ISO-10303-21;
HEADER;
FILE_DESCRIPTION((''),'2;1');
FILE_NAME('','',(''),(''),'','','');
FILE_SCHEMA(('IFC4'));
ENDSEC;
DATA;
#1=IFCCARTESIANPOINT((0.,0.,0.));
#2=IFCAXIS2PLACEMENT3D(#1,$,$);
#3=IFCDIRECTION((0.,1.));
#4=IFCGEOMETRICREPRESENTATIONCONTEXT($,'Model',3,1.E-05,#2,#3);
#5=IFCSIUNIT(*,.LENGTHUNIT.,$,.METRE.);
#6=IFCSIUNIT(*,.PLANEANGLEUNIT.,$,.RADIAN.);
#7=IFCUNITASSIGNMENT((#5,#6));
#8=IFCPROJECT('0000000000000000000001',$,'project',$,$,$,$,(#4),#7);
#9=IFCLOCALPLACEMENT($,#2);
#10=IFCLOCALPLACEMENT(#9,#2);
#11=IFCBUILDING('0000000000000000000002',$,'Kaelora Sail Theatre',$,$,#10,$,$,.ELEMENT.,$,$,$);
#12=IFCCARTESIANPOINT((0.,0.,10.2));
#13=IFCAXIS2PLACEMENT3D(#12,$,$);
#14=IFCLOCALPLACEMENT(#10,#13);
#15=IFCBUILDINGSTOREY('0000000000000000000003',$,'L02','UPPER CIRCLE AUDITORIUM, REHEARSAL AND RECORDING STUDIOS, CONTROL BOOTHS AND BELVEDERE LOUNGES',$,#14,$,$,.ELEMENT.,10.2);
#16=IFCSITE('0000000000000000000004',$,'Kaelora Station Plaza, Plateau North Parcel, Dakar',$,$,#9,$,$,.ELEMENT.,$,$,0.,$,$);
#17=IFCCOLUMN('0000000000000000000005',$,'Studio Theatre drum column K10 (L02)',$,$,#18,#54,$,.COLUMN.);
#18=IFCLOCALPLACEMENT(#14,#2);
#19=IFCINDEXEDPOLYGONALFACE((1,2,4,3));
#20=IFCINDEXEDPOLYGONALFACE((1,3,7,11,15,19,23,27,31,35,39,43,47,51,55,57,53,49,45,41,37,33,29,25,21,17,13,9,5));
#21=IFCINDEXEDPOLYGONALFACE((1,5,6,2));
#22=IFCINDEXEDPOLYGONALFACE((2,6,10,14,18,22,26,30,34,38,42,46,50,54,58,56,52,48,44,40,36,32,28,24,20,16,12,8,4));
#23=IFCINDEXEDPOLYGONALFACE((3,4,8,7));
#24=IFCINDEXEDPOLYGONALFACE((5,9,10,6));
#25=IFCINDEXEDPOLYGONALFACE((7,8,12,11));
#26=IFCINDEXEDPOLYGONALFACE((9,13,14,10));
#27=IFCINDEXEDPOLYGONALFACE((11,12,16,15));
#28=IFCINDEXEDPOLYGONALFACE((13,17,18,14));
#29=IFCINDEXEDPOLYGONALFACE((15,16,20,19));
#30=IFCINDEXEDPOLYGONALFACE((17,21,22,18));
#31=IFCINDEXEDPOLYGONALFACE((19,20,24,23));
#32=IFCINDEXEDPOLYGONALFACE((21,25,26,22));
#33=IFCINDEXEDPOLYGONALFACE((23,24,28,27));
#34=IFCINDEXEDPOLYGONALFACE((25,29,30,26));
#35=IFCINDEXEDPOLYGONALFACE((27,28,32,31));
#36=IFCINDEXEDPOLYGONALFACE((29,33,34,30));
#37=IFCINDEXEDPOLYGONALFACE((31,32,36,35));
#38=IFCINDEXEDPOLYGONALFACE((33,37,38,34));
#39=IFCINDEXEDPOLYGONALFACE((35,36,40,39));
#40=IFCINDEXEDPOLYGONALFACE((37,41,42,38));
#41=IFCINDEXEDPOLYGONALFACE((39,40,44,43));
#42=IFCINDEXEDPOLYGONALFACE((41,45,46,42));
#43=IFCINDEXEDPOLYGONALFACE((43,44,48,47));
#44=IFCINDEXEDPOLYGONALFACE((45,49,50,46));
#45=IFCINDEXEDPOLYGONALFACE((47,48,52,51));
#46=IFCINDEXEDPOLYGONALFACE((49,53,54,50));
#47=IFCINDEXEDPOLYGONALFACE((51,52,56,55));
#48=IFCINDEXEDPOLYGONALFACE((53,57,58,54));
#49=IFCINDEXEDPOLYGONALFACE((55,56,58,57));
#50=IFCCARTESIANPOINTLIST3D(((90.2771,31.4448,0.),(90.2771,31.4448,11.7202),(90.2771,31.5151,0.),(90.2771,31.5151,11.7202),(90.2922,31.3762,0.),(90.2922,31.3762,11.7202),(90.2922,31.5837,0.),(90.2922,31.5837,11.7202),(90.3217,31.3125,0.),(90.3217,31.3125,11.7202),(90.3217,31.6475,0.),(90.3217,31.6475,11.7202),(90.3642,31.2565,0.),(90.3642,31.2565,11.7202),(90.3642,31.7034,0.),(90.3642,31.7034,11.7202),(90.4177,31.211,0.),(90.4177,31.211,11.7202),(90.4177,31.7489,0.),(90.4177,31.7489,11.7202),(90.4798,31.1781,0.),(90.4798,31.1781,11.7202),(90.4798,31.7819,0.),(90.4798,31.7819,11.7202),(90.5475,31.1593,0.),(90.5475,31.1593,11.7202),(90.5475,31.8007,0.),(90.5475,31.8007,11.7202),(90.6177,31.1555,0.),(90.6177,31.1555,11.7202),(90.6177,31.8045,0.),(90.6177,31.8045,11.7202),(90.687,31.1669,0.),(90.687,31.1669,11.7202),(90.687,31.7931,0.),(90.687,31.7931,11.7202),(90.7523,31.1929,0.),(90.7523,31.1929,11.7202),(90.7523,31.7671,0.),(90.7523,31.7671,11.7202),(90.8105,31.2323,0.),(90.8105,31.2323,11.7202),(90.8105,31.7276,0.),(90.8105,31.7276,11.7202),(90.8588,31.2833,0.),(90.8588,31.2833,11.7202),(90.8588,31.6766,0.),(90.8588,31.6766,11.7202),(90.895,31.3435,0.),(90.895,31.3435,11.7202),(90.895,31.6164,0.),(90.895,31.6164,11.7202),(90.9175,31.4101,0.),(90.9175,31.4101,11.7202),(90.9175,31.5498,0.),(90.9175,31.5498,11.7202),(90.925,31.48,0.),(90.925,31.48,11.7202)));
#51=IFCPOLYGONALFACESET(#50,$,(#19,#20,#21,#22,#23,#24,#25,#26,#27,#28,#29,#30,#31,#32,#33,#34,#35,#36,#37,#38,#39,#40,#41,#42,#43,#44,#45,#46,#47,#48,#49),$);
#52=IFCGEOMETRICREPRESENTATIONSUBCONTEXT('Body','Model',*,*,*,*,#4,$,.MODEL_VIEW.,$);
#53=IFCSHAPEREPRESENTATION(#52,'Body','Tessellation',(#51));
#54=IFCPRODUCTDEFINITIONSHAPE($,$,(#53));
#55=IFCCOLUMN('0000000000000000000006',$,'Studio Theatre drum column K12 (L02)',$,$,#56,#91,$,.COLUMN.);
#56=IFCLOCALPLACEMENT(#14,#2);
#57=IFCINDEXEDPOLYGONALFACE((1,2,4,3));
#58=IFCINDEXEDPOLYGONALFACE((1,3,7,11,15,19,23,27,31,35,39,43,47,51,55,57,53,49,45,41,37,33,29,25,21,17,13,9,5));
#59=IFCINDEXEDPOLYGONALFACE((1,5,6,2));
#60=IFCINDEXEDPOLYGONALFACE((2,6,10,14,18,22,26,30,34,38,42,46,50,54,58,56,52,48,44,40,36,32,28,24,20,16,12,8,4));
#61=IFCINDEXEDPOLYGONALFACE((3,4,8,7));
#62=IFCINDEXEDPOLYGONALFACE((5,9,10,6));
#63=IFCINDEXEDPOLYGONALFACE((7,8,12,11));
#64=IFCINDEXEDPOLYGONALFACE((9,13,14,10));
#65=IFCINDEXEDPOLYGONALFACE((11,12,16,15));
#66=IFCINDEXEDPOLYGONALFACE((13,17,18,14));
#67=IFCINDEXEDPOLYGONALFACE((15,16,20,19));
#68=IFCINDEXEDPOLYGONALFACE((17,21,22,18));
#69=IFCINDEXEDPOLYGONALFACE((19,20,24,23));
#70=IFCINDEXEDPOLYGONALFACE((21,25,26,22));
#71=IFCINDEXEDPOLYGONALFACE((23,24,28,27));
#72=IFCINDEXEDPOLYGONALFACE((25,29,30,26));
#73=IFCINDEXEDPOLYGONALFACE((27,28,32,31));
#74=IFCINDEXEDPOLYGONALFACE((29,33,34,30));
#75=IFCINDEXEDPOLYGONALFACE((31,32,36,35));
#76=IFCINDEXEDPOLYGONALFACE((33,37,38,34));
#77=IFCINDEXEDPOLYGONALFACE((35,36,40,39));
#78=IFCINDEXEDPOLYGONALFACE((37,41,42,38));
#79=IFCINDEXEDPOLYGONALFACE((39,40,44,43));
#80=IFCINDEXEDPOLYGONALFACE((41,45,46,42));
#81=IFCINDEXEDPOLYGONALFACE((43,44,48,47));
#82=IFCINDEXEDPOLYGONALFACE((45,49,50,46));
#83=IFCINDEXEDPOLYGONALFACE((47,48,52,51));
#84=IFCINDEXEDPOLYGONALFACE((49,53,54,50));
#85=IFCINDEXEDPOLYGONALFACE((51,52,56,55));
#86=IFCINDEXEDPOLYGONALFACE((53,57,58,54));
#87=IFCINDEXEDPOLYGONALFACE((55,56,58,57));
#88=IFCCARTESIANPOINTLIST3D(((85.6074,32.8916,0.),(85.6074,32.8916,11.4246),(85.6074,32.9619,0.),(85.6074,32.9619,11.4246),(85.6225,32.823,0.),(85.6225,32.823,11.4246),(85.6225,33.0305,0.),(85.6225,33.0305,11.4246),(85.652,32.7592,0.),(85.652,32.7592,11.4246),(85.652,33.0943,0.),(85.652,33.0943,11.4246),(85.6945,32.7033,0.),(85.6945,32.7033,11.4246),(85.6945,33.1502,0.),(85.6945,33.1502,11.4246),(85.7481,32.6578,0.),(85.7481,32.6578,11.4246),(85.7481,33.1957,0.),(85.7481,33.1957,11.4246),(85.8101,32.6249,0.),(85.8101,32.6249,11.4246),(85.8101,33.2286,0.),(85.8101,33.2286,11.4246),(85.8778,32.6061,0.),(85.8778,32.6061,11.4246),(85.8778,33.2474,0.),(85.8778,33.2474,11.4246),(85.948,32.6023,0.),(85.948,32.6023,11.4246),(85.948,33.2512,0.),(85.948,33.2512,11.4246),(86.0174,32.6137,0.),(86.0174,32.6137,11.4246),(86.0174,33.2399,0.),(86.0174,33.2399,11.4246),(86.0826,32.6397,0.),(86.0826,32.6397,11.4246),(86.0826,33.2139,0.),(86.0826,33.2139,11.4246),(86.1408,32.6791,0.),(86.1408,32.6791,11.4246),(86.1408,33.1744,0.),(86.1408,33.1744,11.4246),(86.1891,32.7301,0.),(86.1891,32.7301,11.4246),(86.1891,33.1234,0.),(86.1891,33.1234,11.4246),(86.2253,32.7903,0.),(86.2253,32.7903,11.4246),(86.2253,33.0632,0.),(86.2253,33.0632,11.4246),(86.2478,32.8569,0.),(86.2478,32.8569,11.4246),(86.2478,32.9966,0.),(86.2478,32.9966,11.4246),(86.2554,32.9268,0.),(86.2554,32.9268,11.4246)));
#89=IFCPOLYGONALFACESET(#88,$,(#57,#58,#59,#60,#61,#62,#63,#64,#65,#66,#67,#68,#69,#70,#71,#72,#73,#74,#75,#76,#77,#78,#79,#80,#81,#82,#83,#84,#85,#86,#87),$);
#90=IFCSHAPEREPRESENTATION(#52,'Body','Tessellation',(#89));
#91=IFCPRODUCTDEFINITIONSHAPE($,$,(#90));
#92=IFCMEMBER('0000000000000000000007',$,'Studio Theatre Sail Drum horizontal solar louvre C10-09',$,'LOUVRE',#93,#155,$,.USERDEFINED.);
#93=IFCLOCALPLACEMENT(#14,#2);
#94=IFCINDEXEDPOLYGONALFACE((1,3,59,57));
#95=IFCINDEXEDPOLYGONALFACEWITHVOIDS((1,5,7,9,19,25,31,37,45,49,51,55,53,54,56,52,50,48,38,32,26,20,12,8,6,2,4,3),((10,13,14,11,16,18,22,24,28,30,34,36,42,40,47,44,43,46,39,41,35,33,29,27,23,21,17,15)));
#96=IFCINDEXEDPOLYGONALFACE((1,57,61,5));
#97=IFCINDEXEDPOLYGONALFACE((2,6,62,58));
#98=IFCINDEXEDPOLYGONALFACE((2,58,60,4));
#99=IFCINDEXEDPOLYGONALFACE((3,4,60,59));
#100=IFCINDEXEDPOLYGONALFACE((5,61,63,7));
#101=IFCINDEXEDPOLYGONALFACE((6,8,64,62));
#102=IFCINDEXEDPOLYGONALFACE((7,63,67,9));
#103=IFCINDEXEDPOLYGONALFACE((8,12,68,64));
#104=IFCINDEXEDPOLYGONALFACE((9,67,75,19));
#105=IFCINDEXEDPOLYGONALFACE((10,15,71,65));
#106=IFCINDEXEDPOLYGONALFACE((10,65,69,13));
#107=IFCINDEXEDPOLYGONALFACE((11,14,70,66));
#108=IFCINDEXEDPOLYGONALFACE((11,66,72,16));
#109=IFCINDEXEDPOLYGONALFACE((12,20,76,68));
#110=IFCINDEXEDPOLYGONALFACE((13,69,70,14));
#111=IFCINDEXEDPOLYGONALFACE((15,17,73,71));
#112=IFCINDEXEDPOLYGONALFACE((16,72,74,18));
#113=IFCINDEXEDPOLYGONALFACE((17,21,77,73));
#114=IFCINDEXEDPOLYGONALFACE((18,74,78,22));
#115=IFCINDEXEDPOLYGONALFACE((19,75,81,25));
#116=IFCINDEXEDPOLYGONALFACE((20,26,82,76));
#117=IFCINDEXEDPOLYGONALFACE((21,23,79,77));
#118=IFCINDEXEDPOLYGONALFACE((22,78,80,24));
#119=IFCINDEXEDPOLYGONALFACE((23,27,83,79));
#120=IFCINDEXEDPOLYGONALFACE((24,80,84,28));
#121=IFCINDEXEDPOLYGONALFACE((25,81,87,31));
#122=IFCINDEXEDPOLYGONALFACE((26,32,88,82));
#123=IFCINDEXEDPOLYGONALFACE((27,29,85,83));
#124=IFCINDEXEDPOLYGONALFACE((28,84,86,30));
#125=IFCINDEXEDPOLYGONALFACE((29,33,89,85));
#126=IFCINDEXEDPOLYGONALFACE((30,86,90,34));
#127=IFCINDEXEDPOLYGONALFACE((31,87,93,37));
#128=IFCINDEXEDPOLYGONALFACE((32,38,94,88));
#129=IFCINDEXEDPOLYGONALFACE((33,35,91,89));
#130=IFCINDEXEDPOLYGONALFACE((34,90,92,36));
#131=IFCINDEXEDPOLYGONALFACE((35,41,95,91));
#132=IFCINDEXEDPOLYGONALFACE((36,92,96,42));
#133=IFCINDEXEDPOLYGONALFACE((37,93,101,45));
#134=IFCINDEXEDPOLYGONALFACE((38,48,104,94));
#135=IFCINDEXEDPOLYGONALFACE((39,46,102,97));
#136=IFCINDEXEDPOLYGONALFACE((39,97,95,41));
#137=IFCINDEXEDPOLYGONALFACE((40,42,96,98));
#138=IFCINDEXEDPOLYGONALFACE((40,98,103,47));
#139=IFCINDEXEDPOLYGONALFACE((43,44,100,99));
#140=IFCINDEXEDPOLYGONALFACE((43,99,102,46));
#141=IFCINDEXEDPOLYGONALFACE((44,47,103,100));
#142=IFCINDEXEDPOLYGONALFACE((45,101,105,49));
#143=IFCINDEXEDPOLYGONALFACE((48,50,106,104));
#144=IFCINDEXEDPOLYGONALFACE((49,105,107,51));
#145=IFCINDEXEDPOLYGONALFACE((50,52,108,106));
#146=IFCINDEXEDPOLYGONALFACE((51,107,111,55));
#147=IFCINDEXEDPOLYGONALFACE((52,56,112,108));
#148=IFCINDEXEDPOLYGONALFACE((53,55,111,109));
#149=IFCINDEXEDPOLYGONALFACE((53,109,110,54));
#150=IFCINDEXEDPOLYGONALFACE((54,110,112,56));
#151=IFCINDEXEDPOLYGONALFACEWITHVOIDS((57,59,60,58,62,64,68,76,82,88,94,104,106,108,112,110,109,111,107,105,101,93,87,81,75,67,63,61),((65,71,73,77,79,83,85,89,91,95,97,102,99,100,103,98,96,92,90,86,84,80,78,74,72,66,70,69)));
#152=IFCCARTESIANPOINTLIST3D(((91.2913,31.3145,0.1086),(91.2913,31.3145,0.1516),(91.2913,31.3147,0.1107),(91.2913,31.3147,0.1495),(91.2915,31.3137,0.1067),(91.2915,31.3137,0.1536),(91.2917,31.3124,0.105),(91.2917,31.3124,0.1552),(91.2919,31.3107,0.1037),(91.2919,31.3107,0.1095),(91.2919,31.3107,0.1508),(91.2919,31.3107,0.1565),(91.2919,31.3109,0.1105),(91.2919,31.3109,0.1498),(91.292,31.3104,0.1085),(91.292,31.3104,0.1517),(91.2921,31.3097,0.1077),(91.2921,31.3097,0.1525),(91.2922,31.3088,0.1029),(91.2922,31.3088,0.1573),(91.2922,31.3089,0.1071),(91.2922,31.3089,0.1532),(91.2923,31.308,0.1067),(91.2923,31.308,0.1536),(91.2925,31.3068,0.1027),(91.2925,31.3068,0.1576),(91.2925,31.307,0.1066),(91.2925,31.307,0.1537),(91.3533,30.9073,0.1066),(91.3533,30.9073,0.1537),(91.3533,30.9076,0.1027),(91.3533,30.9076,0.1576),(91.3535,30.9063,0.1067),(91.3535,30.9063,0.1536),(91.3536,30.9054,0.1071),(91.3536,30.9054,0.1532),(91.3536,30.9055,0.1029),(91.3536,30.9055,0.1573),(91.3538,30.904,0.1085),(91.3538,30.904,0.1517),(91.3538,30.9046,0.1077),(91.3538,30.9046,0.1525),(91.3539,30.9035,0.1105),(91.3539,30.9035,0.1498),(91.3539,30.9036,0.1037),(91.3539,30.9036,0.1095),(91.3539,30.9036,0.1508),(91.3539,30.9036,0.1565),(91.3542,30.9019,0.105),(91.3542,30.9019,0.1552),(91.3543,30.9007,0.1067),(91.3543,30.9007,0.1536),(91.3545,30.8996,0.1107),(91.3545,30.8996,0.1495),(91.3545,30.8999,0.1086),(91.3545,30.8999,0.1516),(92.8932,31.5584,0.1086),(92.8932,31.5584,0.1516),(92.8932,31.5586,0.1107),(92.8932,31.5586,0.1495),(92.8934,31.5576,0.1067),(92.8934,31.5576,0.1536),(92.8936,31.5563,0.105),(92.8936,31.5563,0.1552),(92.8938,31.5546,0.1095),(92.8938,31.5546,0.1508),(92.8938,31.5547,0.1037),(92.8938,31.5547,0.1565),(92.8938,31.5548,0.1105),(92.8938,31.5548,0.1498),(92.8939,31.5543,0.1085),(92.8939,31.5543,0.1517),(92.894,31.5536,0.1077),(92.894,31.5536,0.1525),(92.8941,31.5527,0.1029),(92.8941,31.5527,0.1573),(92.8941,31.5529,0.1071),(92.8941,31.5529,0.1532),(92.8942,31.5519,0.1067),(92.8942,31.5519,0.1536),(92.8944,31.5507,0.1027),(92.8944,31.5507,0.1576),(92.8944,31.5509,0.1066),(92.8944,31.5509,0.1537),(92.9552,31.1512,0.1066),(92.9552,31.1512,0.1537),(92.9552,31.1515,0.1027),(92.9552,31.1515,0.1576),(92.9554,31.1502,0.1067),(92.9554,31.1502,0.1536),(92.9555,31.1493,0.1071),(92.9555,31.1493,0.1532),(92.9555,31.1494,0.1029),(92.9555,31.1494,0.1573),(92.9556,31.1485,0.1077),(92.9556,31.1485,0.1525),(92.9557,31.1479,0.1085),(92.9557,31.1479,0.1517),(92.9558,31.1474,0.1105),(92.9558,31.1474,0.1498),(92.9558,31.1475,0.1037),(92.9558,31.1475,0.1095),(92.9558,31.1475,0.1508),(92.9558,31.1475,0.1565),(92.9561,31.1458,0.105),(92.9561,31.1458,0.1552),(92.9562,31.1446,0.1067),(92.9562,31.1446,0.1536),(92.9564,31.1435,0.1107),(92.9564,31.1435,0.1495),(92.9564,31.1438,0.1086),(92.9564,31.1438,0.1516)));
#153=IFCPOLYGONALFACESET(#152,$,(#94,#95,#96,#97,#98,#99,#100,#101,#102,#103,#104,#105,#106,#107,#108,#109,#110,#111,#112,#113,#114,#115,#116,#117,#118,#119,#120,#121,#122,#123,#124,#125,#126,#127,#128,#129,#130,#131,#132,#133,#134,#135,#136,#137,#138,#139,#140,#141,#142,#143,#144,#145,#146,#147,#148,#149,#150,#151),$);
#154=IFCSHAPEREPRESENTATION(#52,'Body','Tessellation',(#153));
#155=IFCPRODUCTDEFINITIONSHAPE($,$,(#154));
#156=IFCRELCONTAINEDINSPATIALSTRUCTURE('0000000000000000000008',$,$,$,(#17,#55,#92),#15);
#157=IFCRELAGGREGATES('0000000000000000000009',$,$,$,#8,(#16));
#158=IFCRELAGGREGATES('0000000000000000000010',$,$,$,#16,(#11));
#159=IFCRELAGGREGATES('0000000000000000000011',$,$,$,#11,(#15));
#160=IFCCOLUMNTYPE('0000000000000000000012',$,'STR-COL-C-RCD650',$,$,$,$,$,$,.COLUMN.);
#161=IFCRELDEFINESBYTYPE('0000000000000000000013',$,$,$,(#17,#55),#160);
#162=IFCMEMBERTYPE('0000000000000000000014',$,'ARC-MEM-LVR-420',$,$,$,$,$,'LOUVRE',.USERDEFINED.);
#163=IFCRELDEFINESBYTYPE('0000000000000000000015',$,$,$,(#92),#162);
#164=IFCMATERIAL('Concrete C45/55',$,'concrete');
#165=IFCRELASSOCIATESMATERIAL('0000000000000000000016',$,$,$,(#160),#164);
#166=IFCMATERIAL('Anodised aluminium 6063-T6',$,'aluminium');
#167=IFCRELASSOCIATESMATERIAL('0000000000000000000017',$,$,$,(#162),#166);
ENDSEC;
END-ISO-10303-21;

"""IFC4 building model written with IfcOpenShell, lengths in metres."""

from ifc_helpers import new_model, si_unit, direction, frame, origin, origin_2d, place, context, subcontext, project, spatial, hollow_rectangle, circle, extrude, material, material_profile, profile_set, type_object, element, save


model = new_model("IFC4")

# Units and contexts
model_context = context("Model", 3, precision=1e-05, world=origin(), true_north=direction((0.0, 1.0)))
body_context = subcontext(model_context, "Body", "Model", "MODEL_VIEW")
ifc_project = project(units=[si_unit("LENGTHUNIT", "METRE"), si_unit("PLANEANGLEUNIT", "RADIAN")], contexts=[model_context])

# Site, building, storey
site_placement = place(None, origin())
site = spatial("IfcSite", under=ifc_project, at=site_placement, Name="Kaelora Station Plaza, Plateau North Parcel, Dakar", CompositionType="ELEMENT", RefElevation=0.0)
building_placement = place(site_placement, origin())
building = spatial("IfcBuilding", under=site, at=building_placement, Name="Kaelora Sail Theatre", CompositionType="ELEMENT")
storey_placement = place(building_placement, frame((0.0, 0.0, 10.2)))
storey = spatial("IfcBuildingStorey", under=building, at=storey_placement, Name="L02", Description="UPPER CIRCLE AUDITORIUM, REHEARSAL AND RECORDING STUDIOS, CONTROL BOOTHS AND BELVEDERE LOUNGES", CompositionType="ELEMENT", Elevation=10.2)

# Columns
ifc_material_1 = material(Name="Concrete C45/55", Category="concrete")
ifc_material_profile_1 = material_profile(ifc_material_1, circle(Radius=0.325, at=origin_2d()), Name="RC-CCOL D650")
ifc_profile_set_1 = profile_set([ifc_material_profile_1], Name="Concrete C45/55")
column_type = type_object("IfcColumnType", Name="STR-COL-C-RCD650", PredefinedType="COLUMN", material=ifc_profile_set_1)
column_1_placement = place(storey_placement, frame((90.6001, 31.48, 0.0), z_axis=(0.0, 0.0, 1.0), x_axis=(1.0, 0.0, 0.0)))
element("IfcColumn", 1, at=column_1_placement, inside=storey, type_object=column_type, Name="Studio Theatre drum column K10 (L02)", PredefinedType="COLUMN", context=body_context, shape_type="SweptSolid", body=[
    extrude(circle(Radius=0.325, at=origin_2d()), origin(), (0.0, 0.0, 1.0), 11.7202),
])
column_2_placement = place(storey_placement, frame((85.9304, 32.9268, 0.0), z_axis=(0.0, 0.0, 1.0), x_axis=(1.0, 0.0, 0.0)))
element("IfcColumn", 2, at=column_2_placement, inside=storey, type_object=column_type, Name="Studio Theatre drum column K12 (L02)", PredefinedType="COLUMN", context=body_context, shape_type="SweptSolid", body=[
    extrude(circle(Radius=0.325, at=origin_2d()), origin(), (0.0, 0.0, 1.0), 11.4246),
])

# Member
ifc_material_2 = material(Name="Anodised aluminium 6063-T6", Category="aluminium")
ifc_material_profile_2 = material_profile(ifc_material_2, hollow_rectangle(XDim=0.4199, YDim=0.0549, WallThickness=0.0039, InnerFilletRadius=0.0039, OuterFilletRadius=0.0081, at=origin_2d()), Name="LOUVRE 420x55x4")
ifc_profile_set_2 = profile_set([ifc_material_profile_2], Name="Anodised aluminium 6063-T6")
member_type = type_object("IfcMemberType", Name="ARC-MEM-LVR-420", ElementType="LOUVRE", PredefinedType="USERDEFINED", material=ifc_profile_set_2)
for number, where, z_axis, x_axis, name in (
    (3, (92.9248, 31.3511, 0.1301), (-0.988606, -0.150528, 0.0), (0.150528, -0.988606, 0.0), "Studio Theatre Sail Drum horizontal solar louvre C10-09"),
):
    element("IfcMember", number, at=place(storey_placement, frame(where, z_axis=z_axis, x_axis=x_axis)), inside=storey, type_object=member_type, Name=name, ObjectType="LOUVRE", PredefinedType="USERDEFINED", context=body_context, shape_type="SweptSolid", body=[
        extrude(hollow_rectangle(XDim=0.4199, YDim=0.0549, WallThickness=0.0039, InnerFilletRadius=0.0039, OuterFilletRadius=0.0081, at=origin_2d()), origin(), (0.0, 0.0, 1.0), 1.6204),
    ])

save(model, "model.ifc")
